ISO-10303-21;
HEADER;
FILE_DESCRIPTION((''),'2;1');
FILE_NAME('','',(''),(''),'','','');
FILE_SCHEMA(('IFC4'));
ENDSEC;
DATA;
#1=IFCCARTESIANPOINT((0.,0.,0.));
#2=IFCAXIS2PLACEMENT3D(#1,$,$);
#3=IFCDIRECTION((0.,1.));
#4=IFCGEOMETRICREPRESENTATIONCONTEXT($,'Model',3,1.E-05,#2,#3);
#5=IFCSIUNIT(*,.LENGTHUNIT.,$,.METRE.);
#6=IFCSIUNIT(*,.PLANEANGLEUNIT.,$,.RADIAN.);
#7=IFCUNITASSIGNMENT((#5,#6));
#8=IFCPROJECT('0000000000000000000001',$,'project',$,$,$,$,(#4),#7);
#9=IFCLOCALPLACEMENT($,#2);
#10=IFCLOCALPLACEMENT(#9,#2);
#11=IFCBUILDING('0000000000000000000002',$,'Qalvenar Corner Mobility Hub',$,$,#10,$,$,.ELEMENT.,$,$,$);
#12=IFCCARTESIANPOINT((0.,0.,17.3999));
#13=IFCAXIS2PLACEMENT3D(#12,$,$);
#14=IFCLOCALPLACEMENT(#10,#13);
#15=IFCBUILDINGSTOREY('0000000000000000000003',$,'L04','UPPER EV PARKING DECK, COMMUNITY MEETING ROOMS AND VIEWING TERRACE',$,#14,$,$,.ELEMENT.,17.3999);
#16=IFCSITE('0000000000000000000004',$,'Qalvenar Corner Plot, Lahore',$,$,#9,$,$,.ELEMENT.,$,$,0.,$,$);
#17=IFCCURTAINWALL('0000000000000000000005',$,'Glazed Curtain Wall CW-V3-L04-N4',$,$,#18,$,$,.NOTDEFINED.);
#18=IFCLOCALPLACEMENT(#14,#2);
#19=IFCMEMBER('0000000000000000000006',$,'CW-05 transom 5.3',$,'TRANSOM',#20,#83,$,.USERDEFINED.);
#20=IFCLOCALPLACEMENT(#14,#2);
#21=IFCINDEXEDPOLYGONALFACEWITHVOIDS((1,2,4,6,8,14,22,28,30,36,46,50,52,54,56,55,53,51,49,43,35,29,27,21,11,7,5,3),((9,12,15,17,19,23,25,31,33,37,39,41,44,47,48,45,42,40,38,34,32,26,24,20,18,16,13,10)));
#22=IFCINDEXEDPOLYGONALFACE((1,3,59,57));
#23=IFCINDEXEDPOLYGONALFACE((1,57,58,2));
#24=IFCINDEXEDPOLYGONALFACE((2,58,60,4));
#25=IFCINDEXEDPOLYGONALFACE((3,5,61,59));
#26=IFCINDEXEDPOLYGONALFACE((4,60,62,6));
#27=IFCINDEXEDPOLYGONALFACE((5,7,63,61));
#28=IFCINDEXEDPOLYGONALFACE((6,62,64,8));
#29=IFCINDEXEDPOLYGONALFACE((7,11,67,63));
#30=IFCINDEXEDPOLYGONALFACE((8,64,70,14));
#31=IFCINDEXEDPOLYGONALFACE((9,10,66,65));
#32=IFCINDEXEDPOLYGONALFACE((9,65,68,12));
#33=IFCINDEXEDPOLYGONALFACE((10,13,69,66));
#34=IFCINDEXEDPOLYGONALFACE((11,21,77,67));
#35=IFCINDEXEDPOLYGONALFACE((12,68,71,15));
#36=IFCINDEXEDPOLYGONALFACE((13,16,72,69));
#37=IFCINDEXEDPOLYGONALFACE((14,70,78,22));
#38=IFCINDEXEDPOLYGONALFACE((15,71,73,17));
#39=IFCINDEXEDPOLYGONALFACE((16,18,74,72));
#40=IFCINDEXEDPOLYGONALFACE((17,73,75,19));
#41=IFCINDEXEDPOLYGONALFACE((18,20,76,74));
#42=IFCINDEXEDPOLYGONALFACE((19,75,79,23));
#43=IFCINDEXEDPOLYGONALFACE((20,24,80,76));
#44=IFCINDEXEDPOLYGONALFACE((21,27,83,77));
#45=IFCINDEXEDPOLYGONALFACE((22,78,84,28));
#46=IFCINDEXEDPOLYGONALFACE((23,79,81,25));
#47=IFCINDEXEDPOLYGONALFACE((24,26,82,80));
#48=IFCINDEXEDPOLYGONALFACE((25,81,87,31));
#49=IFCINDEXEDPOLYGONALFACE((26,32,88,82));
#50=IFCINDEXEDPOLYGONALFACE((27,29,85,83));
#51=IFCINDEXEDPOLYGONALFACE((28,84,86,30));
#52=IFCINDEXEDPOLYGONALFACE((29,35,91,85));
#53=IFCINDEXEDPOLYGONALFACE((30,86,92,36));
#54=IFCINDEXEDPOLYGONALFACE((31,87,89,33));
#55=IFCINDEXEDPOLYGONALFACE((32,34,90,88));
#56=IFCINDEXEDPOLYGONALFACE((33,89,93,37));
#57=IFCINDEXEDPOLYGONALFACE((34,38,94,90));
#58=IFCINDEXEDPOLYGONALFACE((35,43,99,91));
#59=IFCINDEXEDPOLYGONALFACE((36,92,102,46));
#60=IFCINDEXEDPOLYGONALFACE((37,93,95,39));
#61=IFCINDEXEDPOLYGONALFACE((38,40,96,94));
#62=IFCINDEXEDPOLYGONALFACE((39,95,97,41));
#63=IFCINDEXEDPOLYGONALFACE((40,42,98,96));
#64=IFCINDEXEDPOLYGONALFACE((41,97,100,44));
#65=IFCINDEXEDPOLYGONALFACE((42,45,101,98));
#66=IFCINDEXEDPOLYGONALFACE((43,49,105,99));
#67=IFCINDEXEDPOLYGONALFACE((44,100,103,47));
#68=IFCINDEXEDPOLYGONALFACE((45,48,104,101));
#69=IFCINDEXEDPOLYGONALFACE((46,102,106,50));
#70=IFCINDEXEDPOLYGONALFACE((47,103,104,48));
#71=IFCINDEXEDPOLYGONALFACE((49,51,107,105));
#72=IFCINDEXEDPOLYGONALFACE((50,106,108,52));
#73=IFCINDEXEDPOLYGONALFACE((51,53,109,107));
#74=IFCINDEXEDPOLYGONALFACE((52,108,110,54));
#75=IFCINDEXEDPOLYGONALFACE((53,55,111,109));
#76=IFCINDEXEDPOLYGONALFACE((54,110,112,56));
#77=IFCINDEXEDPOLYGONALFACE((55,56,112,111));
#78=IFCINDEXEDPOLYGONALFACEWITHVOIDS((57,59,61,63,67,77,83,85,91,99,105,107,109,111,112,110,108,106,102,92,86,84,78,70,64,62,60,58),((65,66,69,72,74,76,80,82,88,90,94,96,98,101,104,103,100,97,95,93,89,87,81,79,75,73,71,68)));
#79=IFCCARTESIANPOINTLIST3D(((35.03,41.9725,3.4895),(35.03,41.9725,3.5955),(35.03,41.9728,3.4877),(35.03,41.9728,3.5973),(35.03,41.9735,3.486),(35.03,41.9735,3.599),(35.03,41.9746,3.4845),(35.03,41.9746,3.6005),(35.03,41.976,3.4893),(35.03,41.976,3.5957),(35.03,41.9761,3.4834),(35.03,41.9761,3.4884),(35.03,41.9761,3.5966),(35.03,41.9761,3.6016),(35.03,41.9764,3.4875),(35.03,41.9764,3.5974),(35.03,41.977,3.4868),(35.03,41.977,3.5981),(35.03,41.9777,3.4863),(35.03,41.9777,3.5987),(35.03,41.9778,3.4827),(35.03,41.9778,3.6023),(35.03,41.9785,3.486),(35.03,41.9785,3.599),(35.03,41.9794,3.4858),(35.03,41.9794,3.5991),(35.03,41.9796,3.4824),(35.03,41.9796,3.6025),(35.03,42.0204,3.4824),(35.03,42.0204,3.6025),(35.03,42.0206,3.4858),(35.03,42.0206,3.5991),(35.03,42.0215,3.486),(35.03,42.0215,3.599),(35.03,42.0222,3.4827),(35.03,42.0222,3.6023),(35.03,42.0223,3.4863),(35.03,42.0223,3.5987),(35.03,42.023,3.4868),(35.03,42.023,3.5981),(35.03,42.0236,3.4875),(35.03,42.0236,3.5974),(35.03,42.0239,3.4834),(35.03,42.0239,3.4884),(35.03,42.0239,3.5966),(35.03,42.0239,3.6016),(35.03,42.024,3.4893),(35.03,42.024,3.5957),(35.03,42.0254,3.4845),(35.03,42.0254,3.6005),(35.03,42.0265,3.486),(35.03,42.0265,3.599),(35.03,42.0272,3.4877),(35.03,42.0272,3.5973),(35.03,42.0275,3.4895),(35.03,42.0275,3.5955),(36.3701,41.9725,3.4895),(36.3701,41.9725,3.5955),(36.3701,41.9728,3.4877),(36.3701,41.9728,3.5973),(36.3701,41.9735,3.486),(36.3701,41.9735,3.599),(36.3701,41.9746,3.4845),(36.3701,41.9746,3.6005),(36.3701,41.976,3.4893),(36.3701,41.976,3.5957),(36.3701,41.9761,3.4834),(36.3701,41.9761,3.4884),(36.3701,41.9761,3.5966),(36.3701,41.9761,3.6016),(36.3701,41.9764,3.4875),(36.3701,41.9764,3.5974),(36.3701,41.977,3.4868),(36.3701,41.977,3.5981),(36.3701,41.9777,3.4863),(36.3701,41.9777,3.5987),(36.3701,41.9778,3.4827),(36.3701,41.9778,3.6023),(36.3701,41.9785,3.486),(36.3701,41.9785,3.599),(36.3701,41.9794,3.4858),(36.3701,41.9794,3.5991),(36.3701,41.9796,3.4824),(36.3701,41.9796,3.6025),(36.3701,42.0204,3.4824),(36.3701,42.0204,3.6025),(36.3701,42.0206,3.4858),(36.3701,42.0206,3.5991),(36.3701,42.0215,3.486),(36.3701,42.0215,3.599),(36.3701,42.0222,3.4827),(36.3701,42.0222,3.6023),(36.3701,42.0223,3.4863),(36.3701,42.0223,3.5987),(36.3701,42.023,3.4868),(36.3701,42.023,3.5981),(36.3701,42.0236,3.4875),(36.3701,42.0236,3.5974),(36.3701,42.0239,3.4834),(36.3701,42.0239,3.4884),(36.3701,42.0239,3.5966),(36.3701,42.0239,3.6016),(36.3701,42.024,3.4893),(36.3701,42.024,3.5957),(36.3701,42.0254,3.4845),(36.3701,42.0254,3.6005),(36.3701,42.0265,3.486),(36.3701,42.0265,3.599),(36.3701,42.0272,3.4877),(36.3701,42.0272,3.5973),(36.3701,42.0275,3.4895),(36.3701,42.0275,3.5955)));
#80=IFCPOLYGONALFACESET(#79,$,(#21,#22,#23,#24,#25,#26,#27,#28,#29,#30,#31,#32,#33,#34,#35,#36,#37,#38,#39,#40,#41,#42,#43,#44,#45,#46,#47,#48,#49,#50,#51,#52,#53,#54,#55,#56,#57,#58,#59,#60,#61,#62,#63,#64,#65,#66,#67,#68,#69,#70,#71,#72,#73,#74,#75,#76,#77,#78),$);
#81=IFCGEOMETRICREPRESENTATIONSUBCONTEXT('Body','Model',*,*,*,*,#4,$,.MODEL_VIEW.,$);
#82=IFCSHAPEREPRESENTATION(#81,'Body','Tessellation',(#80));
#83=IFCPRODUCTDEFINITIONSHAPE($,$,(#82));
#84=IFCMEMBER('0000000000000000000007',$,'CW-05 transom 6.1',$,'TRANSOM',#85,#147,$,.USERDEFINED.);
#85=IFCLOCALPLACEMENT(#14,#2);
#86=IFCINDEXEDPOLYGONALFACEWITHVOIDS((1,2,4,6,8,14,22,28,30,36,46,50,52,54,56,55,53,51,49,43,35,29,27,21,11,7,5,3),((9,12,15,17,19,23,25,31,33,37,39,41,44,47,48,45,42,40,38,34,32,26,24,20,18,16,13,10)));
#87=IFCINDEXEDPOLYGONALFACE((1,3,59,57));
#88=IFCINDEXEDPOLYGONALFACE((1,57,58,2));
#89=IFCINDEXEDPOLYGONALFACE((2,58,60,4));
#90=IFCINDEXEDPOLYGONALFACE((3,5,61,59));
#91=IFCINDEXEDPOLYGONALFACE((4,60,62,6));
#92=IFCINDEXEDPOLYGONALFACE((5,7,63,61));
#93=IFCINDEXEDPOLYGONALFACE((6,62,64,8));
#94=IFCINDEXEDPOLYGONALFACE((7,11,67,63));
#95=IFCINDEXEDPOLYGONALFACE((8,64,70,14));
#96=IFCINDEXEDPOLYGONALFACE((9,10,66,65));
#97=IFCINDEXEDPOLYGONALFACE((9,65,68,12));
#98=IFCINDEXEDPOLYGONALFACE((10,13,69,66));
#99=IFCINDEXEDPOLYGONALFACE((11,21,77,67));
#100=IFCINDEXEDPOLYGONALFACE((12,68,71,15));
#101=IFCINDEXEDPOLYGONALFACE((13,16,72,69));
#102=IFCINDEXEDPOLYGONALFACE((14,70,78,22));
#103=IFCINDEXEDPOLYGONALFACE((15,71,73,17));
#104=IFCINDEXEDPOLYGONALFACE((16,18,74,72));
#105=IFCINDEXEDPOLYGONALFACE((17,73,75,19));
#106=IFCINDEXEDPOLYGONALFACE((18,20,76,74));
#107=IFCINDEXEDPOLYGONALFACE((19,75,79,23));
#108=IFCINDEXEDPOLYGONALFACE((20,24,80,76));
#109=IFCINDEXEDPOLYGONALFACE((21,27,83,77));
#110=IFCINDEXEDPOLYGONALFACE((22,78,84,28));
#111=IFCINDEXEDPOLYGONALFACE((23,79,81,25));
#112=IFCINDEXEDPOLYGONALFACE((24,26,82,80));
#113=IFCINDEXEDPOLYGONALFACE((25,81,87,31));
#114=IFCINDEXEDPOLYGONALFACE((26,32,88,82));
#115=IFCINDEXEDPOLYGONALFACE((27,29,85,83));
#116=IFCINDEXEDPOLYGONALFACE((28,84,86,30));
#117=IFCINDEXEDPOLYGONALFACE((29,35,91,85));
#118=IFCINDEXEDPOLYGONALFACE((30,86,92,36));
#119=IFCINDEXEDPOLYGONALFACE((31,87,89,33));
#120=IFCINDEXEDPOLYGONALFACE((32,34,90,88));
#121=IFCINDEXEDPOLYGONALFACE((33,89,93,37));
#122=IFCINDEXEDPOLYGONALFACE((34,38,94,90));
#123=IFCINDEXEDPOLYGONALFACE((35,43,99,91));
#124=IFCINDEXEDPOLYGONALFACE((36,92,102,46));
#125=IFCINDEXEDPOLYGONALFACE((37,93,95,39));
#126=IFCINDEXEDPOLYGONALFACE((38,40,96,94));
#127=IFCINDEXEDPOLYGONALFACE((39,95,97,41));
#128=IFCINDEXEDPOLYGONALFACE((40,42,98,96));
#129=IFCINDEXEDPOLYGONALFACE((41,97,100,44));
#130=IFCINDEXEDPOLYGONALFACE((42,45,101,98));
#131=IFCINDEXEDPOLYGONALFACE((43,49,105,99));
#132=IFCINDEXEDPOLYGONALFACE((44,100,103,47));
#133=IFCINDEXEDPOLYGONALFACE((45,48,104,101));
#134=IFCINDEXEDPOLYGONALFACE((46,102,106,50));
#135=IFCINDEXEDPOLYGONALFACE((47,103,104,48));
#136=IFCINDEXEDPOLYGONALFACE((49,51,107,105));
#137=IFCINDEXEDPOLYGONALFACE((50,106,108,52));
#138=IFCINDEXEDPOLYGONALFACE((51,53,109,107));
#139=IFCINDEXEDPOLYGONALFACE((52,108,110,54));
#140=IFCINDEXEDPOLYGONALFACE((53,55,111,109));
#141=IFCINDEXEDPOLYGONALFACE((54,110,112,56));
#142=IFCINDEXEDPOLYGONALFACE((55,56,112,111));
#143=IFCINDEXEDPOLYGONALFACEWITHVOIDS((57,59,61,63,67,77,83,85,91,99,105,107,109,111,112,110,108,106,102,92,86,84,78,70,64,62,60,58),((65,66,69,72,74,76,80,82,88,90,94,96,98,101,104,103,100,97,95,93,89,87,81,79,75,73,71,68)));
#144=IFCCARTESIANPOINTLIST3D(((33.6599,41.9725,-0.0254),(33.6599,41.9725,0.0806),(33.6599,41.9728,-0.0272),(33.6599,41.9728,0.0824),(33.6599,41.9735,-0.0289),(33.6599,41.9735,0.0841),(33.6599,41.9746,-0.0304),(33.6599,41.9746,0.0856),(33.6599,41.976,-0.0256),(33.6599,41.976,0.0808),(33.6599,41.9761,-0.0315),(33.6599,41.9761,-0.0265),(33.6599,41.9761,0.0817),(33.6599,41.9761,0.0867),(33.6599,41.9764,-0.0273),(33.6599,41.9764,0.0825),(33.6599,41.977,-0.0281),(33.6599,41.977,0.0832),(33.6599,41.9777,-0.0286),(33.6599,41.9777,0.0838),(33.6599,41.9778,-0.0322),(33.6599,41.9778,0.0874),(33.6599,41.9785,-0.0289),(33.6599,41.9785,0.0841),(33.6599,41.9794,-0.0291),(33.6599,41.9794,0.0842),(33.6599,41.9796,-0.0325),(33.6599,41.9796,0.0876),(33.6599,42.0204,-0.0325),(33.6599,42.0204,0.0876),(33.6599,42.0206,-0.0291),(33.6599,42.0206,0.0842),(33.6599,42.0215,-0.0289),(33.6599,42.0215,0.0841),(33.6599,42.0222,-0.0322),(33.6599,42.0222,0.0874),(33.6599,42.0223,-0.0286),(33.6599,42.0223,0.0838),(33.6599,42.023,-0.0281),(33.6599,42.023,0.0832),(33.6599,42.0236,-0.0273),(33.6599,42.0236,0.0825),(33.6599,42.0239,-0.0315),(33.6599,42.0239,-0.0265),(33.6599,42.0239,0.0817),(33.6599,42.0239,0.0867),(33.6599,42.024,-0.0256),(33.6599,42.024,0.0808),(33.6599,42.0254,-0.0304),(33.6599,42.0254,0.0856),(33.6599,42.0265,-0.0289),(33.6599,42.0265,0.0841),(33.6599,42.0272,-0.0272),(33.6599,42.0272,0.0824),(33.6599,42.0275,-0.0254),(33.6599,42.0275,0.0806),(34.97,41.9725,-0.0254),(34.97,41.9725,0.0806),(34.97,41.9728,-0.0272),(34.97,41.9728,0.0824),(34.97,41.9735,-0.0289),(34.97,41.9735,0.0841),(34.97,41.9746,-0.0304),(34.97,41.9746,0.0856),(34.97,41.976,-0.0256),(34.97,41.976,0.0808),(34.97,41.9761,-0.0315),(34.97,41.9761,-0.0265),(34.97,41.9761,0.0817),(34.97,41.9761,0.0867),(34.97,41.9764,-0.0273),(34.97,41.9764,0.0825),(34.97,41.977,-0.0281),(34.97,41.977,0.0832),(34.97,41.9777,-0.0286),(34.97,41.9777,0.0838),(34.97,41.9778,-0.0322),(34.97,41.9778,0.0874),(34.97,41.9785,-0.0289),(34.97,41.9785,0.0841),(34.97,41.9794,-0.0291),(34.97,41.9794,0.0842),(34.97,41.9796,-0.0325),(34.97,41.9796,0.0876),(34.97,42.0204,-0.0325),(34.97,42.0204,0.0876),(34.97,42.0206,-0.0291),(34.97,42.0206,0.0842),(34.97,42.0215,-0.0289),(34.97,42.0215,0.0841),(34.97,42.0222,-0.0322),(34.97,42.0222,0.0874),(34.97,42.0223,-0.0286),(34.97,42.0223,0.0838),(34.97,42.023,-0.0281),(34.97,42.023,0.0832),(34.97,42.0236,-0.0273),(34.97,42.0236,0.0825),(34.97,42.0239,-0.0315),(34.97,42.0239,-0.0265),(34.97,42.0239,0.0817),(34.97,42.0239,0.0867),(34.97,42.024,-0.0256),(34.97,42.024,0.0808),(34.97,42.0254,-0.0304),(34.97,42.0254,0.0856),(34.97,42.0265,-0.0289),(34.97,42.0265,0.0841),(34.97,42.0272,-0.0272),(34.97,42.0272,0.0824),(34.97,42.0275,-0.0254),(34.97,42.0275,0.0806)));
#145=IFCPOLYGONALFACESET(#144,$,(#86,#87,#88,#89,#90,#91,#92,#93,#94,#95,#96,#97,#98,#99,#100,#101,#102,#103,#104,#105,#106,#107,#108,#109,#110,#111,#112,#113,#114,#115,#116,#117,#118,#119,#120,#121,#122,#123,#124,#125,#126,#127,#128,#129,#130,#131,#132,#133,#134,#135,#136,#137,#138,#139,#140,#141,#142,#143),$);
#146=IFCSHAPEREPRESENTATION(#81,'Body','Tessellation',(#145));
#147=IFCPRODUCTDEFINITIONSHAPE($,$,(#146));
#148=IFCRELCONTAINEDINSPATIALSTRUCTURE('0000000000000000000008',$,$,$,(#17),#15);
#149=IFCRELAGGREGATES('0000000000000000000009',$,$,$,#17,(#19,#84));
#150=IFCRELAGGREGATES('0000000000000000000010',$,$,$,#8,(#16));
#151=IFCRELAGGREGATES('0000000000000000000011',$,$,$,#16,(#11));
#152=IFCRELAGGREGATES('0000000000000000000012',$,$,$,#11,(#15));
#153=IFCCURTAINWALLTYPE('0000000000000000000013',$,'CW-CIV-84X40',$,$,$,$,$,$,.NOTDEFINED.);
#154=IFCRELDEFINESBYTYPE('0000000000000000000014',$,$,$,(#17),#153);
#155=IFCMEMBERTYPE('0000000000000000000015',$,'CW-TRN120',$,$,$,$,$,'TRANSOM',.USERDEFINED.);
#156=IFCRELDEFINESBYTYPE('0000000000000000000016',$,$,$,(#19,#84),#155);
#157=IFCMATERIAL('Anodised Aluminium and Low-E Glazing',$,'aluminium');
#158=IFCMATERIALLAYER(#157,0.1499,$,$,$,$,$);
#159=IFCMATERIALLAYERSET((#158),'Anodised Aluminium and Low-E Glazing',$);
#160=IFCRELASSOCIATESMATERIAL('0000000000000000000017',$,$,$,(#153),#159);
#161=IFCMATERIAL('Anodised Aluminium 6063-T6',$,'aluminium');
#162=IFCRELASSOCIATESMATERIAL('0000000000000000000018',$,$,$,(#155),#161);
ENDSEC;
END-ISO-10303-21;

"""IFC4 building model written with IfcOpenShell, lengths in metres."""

from ifc_helpers import new_model, si_unit, direction, frame, origin, origin_2d, place, context, subcontext, project, spatial, hollow_rectangle, extrude, material, layer, layer_set, material_profile, profile_set, type_object, element, aggregate, save


model = new_model("IFC4")

# Units and contexts
model_context = context("Model", 3, precision=1e-05, world=origin(), true_north=direction((0.0, 1.0)))
body_context = subcontext(model_context, "Body", "Model", "MODEL_VIEW")
ifc_project = project(units=[si_unit("LENGTHUNIT", "METRE"), si_unit("PLANEANGLEUNIT", "RADIAN")], contexts=[model_context])

# Site, building, storey
site_placement = place(None, origin())
site = spatial("IfcSite", under=ifc_project, at=site_placement, Name="Qalvenar Corner Plot, Lahore", CompositionType="ELEMENT", RefElevation=0.0)
building_placement = place(site_placement, origin())
building = spatial("IfcBuilding", under=site, at=building_placement, Name="Qalvenar Corner Mobility Hub", CompositionType="ELEMENT")
storey_placement = place(building_placement, frame((0.0, 0.0, 17.3999)))
storey = spatial("IfcBuildingStorey", under=building, at=storey_placement, Name="L04", Description="UPPER EV PARKING DECK, COMMUNITY MEETING ROOMS AND VIEWING TERRACE", CompositionType="ELEMENT", Elevation=17.3999)

# Curtain wall
ifc_material_1 = material(Name="Anodised Aluminium and Low-E Glazing", Category="aluminium")
ifc_layer_1 = layer(ifc_material_1, 0.1499)
ifc_layer_set_1 = layer_set([ifc_layer_1], Name="Anodised Aluminium and Low-E Glazing")
curtain_wall_type = type_object("IfcCurtainWallType", Name="CW-CIV-84X40", PredefinedType="NOTDEFINED", material=ifc_layer_set_1)
ifc_material_2 = material(Name="Anodised Aluminium 6063-T6", Category="aluminium")
curtain_wall_1_placement = place(storey_placement, origin())
curtain_wall_1 = element("IfcCurtainWall", 1, at=curtain_wall_1_placement, inside=storey, type_object=curtain_wall_type, Name="Glazed Curtain Wall CW-V3-L04-N4", PredefinedType="NOTDEFINED")

# Members
ifc_material_profile_1 = material_profile(ifc_material_2, hollow_rectangle(XDim=0.0549, YDim=0.1201, WallThickness=0.0034, InnerFilletRadius=0.0034, OuterFilletRadius=0.0071, at=origin_2d()), Name="RHS120x55x3.5")
ifc_profile_set_1 = profile_set([ifc_material_profile_1], Name="Anodised Aluminium 6063-T6")
member_type_1 = type_object("IfcMemberType", Name="CW-TRN120", ElementType="TRANSOM", PredefinedType="USERDEFINED", material=ifc_profile_set_1)
member_1_placement = place(storey_placement, frame((36.3701, 42.0, 3.5425), z_axis=(-1.0, 0.0, 0.0), x_axis=(0.0, -1.0, 0.0)))
member_1 = element("IfcMember", 2, at=member_1_placement, type_object=member_type_1, Name="CW-05 transom 5.3", ObjectType="TRANSOM", PredefinedType="USERDEFINED", context=body_context, shape_type="SweptSolid", body=[
    extrude(hollow_rectangle(XDim=0.0549, YDim=0.1201, WallThickness=0.0034, InnerFilletRadius=0.0034, OuterFilletRadius=0.0071, at=origin_2d()), origin(), (0.0, 0.0, 1.0), 1.3401),
])
member_2_placement = place(storey_placement, frame((34.97, 42.0, 0.0276), z_axis=(-1.0, 0.0, 0.0), x_axis=(0.0, -1.0, 0.0)))
member_2 = element("IfcMember", 3, at=member_2_placement, type_object=member_type_1, Name="CW-05 transom 6.1", ObjectType="TRANSOM", PredefinedType="USERDEFINED", context=body_context, shape_type="SweptSolid", body=[
    extrude(hollow_rectangle(XDim=0.0549, YDim=0.1201, WallThickness=0.0034, InnerFilletRadius=0.0034, OuterFilletRadius=0.0071, at=origin_2d()), origin(), (0.0, 0.0, 1.0), 1.3101),
])

aggregate(curtain_wall_1, [member_1, member_2])

save(model, "model.ifc")
